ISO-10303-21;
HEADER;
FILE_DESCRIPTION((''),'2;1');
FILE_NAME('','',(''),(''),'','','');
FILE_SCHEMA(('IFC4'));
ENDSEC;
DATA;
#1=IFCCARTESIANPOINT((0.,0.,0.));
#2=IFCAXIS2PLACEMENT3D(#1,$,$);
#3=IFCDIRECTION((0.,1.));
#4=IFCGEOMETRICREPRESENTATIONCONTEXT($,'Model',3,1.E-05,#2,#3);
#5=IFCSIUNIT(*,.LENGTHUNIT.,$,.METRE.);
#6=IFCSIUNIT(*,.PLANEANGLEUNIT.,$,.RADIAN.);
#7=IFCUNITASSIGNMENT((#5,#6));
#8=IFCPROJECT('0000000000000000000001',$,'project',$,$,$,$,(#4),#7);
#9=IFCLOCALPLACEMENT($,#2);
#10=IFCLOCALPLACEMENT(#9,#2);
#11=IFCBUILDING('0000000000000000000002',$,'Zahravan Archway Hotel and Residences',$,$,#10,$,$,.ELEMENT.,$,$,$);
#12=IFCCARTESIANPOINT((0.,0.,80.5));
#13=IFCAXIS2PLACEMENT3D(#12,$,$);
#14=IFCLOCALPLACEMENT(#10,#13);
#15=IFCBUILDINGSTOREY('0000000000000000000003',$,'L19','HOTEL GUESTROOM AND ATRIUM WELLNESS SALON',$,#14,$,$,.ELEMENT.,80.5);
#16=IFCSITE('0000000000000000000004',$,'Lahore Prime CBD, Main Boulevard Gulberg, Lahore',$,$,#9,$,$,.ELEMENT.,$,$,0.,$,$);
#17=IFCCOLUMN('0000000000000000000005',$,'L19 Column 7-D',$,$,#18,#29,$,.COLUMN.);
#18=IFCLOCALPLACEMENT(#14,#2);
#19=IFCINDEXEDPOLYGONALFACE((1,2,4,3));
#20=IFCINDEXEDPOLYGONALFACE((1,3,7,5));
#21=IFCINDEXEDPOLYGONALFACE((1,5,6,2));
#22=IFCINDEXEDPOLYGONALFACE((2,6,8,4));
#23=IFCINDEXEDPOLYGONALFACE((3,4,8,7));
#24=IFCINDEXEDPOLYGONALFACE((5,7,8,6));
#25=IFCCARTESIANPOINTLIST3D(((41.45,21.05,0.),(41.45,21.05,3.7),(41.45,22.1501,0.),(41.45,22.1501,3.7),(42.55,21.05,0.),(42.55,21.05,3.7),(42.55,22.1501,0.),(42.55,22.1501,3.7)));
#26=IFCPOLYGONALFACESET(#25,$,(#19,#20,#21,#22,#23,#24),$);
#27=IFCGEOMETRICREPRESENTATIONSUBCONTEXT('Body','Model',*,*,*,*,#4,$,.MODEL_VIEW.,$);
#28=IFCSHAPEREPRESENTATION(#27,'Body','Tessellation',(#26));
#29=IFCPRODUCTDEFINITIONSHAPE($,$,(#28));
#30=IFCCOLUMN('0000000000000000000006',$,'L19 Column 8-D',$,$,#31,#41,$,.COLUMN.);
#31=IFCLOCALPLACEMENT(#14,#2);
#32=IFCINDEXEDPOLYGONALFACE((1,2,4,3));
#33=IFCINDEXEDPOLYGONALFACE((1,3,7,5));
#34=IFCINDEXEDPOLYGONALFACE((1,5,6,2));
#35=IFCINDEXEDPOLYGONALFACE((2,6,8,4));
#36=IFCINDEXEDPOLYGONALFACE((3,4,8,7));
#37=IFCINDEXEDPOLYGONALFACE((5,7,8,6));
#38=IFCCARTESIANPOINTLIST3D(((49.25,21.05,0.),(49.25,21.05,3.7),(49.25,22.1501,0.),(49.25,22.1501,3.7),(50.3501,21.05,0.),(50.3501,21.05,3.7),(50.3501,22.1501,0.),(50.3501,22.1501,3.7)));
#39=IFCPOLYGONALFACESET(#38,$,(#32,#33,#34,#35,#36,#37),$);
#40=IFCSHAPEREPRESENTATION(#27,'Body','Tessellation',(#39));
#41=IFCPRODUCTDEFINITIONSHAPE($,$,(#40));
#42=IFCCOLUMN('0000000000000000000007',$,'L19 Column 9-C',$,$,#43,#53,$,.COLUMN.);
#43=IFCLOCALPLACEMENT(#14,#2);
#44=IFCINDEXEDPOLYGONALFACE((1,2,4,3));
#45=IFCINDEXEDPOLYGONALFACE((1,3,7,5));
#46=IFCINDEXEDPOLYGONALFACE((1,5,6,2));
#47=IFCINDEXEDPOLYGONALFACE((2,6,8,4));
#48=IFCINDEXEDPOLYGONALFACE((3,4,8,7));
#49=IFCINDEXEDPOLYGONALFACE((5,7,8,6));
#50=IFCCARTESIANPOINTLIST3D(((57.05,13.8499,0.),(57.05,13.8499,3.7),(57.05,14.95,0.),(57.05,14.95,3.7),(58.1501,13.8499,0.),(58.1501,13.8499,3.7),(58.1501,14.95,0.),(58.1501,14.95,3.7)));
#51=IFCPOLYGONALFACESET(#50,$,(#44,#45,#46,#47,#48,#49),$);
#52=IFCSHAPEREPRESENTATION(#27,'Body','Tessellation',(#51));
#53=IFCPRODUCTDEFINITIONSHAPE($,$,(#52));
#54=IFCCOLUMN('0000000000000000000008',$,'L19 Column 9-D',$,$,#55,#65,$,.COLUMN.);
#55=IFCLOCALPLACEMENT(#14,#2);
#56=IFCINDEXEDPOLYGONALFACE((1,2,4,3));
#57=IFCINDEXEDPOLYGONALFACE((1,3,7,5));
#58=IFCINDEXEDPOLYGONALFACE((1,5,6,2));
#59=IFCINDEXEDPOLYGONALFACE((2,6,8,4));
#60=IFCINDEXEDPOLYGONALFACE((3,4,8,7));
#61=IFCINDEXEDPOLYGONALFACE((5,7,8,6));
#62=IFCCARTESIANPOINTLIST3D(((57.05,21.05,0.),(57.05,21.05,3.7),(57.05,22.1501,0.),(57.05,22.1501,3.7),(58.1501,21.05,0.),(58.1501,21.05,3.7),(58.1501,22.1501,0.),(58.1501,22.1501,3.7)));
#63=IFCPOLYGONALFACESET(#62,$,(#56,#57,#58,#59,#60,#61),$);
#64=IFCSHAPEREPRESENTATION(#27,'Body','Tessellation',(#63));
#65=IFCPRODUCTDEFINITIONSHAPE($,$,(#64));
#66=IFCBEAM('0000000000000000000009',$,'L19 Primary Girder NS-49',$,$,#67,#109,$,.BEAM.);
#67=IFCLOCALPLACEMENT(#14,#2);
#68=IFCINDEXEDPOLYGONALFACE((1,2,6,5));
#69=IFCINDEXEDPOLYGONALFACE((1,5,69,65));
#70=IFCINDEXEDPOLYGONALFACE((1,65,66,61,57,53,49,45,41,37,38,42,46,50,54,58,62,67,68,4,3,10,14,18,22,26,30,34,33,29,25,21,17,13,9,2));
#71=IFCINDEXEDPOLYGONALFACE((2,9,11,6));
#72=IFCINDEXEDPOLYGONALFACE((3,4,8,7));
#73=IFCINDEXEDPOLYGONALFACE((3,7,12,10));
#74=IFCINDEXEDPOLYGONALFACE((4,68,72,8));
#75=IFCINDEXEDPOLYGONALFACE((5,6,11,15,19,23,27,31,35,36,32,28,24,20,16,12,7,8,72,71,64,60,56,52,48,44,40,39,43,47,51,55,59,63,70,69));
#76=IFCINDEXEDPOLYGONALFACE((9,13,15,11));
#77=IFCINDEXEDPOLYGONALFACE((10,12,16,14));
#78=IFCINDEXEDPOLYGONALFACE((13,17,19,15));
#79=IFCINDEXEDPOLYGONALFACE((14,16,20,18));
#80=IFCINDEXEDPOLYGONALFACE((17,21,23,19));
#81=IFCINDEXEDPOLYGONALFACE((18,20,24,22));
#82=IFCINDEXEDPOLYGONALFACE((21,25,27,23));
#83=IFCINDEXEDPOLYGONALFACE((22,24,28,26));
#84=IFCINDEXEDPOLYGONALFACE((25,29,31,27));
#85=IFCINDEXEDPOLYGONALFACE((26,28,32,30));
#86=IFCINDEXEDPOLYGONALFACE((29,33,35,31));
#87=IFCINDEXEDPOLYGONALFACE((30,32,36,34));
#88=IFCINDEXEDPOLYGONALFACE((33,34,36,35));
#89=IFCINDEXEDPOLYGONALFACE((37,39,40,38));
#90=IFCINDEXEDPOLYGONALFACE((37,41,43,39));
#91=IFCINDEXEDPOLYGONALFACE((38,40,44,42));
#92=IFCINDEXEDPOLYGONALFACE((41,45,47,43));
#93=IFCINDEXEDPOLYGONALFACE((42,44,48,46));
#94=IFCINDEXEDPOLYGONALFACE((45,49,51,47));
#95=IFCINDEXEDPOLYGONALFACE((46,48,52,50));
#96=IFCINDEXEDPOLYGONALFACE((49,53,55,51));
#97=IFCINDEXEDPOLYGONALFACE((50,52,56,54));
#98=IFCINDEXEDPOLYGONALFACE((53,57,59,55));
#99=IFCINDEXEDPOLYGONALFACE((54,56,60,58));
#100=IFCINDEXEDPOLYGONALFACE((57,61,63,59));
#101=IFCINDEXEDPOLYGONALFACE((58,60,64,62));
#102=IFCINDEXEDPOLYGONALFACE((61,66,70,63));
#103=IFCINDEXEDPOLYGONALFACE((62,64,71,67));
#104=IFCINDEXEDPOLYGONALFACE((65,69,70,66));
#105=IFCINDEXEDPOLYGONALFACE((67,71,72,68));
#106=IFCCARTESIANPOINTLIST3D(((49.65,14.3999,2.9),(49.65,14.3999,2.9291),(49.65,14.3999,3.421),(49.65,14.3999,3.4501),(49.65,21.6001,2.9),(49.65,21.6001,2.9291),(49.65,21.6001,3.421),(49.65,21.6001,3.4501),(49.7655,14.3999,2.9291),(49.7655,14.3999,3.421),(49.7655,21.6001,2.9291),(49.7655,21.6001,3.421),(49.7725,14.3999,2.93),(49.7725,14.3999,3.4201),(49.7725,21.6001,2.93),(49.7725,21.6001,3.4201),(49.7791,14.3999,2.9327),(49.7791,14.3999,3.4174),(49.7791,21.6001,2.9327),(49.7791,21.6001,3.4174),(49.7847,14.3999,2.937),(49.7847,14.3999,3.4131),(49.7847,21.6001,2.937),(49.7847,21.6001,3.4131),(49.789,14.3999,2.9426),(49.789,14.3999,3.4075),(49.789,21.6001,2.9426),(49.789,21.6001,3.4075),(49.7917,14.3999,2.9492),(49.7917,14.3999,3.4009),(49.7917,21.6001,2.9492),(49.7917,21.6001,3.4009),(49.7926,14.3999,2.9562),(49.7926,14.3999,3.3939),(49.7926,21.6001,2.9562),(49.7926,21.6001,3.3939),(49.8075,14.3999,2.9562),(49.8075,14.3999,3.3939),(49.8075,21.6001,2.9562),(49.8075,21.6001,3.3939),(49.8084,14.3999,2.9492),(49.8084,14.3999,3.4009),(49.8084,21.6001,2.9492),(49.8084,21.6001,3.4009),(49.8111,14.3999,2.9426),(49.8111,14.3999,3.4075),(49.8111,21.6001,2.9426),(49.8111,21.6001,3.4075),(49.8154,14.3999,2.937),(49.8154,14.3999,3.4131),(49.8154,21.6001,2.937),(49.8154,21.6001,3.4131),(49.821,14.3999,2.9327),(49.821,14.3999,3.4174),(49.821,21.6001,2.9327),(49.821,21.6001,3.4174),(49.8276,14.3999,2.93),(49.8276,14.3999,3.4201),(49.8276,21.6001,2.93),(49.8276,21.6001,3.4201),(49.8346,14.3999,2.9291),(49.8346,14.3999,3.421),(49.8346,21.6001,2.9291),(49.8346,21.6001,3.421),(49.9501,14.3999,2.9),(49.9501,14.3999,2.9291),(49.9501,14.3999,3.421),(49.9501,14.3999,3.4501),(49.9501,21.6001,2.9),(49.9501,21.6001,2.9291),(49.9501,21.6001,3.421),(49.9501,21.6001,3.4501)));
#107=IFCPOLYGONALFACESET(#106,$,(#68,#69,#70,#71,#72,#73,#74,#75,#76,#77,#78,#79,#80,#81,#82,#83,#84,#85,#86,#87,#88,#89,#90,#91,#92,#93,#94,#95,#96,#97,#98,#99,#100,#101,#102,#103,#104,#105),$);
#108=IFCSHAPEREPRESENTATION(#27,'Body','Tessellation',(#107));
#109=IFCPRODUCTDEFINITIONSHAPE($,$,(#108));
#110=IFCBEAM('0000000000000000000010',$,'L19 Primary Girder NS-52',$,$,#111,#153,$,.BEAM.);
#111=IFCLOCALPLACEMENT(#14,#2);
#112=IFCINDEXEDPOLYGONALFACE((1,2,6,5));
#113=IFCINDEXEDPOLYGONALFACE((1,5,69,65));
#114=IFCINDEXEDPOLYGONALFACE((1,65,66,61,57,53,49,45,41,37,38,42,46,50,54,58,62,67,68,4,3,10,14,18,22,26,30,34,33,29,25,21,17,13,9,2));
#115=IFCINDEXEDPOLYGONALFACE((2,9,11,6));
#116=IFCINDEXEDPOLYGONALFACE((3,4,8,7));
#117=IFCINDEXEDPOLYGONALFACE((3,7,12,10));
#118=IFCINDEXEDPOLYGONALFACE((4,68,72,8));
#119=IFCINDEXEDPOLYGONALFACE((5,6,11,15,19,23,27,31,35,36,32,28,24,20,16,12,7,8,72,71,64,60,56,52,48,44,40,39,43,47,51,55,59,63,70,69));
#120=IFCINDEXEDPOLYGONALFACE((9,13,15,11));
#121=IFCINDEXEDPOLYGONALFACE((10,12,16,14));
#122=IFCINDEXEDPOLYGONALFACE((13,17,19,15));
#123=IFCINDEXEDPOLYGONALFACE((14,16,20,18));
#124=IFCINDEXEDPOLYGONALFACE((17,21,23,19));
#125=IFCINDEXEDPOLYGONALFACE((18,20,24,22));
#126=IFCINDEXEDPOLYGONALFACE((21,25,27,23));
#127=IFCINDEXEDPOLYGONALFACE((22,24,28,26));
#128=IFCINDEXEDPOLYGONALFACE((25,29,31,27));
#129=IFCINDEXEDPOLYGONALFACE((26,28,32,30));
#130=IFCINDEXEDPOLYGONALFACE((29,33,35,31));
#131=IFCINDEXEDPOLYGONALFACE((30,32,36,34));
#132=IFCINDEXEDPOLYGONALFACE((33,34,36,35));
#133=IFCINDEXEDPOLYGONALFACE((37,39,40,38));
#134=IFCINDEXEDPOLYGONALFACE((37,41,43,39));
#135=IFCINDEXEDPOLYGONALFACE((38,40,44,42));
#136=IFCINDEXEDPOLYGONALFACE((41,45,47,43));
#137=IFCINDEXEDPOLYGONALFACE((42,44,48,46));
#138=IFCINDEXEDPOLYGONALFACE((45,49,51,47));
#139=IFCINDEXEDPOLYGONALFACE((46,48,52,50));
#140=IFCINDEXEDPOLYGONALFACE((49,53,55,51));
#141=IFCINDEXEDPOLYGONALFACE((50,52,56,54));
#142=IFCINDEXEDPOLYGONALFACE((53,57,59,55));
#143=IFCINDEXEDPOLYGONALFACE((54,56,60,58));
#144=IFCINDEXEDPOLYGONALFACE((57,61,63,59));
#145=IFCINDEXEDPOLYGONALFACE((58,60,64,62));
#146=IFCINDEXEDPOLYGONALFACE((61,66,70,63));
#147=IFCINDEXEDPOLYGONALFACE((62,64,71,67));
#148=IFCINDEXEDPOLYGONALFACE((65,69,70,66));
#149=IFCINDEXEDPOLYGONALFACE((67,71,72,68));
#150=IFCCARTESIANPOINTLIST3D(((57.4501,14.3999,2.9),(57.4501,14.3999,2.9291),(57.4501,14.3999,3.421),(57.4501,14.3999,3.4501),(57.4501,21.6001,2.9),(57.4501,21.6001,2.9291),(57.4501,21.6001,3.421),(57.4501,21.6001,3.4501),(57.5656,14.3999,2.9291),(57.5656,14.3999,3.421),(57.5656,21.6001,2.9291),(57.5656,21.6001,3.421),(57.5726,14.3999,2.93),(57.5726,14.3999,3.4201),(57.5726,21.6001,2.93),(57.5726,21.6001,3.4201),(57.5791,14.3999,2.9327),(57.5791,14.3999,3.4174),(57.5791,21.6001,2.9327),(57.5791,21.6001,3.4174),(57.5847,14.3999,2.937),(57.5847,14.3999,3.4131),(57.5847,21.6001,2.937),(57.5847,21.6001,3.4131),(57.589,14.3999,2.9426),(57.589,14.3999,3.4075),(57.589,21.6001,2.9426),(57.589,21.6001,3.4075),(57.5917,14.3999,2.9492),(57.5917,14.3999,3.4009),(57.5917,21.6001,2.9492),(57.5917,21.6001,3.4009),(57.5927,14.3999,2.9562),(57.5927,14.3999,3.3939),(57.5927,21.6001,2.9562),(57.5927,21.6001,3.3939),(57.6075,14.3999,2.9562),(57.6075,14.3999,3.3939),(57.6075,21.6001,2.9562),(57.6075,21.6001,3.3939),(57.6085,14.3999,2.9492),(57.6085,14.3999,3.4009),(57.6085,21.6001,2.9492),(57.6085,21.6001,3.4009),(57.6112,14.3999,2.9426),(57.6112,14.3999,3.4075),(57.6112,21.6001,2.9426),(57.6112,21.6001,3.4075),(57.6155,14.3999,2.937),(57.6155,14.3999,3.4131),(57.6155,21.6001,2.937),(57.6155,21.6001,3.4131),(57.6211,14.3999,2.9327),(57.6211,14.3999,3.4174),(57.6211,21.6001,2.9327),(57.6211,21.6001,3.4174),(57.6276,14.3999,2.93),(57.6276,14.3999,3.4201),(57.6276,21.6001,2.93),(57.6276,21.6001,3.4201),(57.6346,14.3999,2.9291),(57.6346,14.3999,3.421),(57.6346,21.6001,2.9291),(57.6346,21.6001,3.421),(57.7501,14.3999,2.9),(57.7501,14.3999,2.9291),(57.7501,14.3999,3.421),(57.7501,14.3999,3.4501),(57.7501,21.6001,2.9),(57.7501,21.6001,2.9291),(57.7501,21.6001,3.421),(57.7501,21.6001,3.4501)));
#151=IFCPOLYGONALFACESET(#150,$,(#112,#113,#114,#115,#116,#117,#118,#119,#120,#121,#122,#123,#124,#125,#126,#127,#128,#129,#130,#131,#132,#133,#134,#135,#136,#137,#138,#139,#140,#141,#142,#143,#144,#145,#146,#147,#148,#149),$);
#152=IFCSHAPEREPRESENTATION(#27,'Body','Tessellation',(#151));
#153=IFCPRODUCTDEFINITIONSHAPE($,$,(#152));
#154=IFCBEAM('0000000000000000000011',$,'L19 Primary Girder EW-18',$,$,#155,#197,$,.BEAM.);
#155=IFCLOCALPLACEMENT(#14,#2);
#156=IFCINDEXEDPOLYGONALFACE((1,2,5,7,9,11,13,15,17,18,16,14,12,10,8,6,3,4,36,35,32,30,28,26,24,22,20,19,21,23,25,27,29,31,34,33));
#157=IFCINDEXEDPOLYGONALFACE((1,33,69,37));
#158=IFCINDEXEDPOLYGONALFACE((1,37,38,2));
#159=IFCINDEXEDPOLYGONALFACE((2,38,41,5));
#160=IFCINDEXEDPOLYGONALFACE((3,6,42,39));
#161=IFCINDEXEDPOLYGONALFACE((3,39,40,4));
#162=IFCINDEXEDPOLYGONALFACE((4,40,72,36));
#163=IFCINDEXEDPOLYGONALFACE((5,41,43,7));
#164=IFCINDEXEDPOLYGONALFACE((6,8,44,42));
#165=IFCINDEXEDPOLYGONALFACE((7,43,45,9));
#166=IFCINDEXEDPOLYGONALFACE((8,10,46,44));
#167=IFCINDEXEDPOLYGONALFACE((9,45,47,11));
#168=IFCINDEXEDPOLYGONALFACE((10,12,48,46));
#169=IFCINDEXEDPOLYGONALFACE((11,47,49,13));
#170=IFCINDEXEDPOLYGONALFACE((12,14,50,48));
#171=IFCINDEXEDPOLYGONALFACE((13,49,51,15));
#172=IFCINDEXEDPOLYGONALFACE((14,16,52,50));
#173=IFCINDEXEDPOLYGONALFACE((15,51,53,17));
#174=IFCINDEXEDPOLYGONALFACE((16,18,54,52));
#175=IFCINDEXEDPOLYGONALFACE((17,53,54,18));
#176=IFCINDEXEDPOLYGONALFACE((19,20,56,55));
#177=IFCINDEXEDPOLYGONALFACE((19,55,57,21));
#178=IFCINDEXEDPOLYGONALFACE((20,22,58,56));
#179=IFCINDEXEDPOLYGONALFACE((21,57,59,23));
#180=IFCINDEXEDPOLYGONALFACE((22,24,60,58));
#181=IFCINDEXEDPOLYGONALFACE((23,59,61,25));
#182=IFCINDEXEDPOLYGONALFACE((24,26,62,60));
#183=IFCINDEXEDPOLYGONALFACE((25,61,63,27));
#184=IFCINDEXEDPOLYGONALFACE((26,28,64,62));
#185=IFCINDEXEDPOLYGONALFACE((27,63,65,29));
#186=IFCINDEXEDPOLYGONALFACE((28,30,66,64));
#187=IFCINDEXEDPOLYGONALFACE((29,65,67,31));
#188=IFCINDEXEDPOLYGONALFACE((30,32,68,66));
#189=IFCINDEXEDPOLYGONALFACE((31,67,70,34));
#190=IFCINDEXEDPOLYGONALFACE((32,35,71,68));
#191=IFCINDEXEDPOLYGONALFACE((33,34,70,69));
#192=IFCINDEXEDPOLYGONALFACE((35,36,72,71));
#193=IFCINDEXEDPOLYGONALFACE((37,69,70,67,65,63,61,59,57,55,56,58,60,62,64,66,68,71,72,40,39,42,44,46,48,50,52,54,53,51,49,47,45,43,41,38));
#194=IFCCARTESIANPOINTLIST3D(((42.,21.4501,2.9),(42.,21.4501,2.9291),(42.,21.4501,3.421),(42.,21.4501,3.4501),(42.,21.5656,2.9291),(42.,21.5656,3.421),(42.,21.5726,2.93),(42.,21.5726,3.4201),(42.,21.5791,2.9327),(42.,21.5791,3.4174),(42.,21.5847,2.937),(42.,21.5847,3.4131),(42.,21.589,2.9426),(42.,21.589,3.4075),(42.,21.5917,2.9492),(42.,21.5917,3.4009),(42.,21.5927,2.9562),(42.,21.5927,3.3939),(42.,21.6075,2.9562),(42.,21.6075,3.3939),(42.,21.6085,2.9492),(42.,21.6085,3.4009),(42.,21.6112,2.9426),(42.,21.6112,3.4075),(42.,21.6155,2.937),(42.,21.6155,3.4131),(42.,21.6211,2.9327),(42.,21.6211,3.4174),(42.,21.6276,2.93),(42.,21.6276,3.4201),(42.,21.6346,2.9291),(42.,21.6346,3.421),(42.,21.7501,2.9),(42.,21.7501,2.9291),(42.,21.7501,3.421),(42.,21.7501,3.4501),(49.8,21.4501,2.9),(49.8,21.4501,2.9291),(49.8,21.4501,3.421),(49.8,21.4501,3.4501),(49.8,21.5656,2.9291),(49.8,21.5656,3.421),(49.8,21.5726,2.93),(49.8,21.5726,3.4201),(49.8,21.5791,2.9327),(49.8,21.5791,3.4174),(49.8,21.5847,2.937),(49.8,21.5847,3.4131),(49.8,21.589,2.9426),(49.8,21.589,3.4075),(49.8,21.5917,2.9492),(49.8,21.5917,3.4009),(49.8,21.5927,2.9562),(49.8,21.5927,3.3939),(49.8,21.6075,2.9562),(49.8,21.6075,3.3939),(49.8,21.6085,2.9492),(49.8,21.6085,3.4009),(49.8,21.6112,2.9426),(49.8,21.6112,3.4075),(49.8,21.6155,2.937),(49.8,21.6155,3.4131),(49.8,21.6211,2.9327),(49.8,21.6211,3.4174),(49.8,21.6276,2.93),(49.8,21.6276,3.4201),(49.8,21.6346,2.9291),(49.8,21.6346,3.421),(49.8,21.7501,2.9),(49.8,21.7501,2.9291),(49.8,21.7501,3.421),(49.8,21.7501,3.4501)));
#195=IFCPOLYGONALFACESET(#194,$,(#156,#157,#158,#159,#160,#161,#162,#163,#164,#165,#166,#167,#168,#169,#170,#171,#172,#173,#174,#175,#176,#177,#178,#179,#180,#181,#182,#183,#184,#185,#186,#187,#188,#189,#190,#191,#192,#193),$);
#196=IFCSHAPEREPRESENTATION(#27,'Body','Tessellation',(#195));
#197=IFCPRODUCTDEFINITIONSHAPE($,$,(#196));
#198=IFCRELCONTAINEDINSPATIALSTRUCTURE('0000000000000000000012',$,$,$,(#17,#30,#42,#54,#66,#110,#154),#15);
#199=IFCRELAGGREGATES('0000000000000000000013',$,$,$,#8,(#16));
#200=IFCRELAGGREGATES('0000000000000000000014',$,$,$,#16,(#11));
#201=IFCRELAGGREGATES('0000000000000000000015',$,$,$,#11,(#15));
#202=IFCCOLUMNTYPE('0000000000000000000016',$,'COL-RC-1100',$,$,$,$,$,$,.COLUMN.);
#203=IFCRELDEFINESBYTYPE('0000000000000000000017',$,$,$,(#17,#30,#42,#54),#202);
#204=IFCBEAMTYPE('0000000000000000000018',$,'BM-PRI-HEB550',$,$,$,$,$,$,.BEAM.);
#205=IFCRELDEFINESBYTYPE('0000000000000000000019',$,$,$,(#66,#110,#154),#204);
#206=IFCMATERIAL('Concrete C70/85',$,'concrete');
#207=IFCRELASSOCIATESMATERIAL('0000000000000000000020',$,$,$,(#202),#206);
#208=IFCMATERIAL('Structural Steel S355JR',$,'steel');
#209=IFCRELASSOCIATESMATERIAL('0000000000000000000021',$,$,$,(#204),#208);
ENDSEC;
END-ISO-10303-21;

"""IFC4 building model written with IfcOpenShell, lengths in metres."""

from ifc_helpers import new_model, si_unit, direction, frame, origin, origin_2d, place, context, subcontext, project, spatial, rectangle, i_section, extrude, source, transform, mapped, material, material_profile, profile_set, type_object, type_shapes, element, save


model = new_model("IFC4")

# Units and contexts
model_context = context("Model", 3, precision=1e-05, world=origin(), true_north=direction((0.0, 1.0)))
body_context = subcontext(model_context, "Body", "Model", "MODEL_VIEW")
ifc_project = project(units=[si_unit("LENGTHUNIT", "METRE"), si_unit("PLANEANGLEUNIT", "RADIAN")], contexts=[model_context])

# Site, building, storey
site_placement = place(None, origin())
site = spatial("IfcSite", under=ifc_project, at=site_placement, Name="Lahore Prime CBD, Main Boulevard Gulberg, Lahore", CompositionType="ELEMENT", RefElevation=0.0)
building_placement = place(site_placement, origin())
building = spatial("IfcBuilding", under=site, at=building_placement, Name="Zahravan Archway Hotel and Residences", CompositionType="ELEMENT")
storey_placement = place(building_placement, frame((0.0, 0.0, 80.5)))
storey = spatial("IfcBuildingStorey", under=building, at=storey_placement, Name="L19", Description="HOTEL GUESTROOM AND ATRIUM WELLNESS SALON", CompositionType="ELEMENT", Elevation=80.5)

# Columns
ifc_material_1 = material(Name="Concrete C70/85", Category="concrete")
ifc_material_profile_1 = material_profile(ifc_material_1, rectangle(XDim=1.1001, YDim=1.1001, at=origin_2d()), Name="RC 1100x1100", Category="concrete")
ifc_profile_set_1 = profile_set([ifc_material_profile_1], Name="Concrete C70/85")
column_type = type_object("IfcColumnType", Name="COL-RC-1100", PredefinedType="COLUMN", material=ifc_profile_set_1)
shared_shape_1 = source(origin(), body_context, "Body", "SweptSolid", [
    extrude(rectangle(XDim=1.1001, YDim=1.1001, at=origin_2d()), origin(), (0.0, 0.0, 1.0), 3.7),
])
for number, where, z_axis, x_axis, name in (
    (1, (42.0, 21.6001, 0.0), (0.0, 0.0, 1.0), (1.0, 0.0, 0.0), "L19 Column 7-D"),
    (2, (49.8, 21.6001, 0.0), (0.0, 0.0, 1.0), (1.0, 0.0, 0.0), "L19 Column 8-D"),
    (3, (57.6001, 14.3999, 0.0), (0.0, 0.0, 1.0), (1.0, 0.0, 0.0), "L19 Column 9-C"),
    (4, (57.6001, 21.6001, 0.0), (0.0, 0.0, 1.0), (1.0, 0.0, 0.0), "L19 Column 9-D"),
):
    element("IfcColumn", number, at=place(storey_placement, frame(where, z_axis=z_axis, x_axis=x_axis)), inside=storey, type_object=column_type, Name=name, PredefinedType="COLUMN", context=body_context, shape_type="MappedRepresentation", body=[
        mapped(shared_shape_1, transform((0.0, 0.0, 0.0), scale=1.0)),
    ])

# Beams
ifc_material_2 = material(Name="Structural Steel S355JR", Category="steel")
ifc_material_profile_2 = material_profile(ifc_material_2, i_section(OverallWidth=0.3, OverallDepth=0.55, WebThickness=0.0149, FlangeThickness=0.0291, FilletRadius=0.0271, at=origin_2d()), Name="HEB 550", Category="steel")
ifc_profile_set_2 = profile_set([ifc_material_profile_2], Name="Structural Steel S355JR")
beam_type_1 = type_object("IfcBeamType", Name="BM-PRI-HEB550", PredefinedType="BEAM", material=ifc_profile_set_2)
shared_shape_2 = source(origin(), body_context, "Body", "SweptSolid", [
    extrude(i_section(OverallWidth=0.3, OverallDepth=0.55, WebThickness=0.0149, FlangeThickness=0.0291, FilletRadius=0.0271, at=origin_2d()), origin(), (0.0, 0.0, 1.0), 7.2002),
])
type_shapes(beam_type_1, [shared_shape_2])
for number, where, z_axis, x_axis, name in (
    (5, (49.8, 14.3999, 3.175), (0.0, 1.0, 0.0), (-1.0, 0.0, 0.0), "L19 Primary Girder NS-49"),
    (6, (57.6001, 14.3999, 3.175), (0.0, 1.0, 0.0), (-1.0, 0.0, 0.0), "L19 Primary Girder NS-52"),
):
    element("IfcBeam", number, at=place(storey_placement, frame(where, z_axis=z_axis, x_axis=x_axis)), inside=storey, type_object=beam_type_1, Name=name, PredefinedType="BEAM", context=body_context, shape_type="MappedRepresentation", body=[
        mapped(shared_shape_2, transform((0.0, 0.0, 0.0), scale=1.0)),
    ])
shared_shape_3 = source(origin(), body_context, "Body", "SweptSolid", [
    extrude(i_section(OverallWidth=0.3, OverallDepth=0.55, WebThickness=0.0149, FlangeThickness=0.0291, FilletRadius=0.0271, at=origin_2d()), origin(), (0.0, 0.0, 1.0), 7.8),
])
for number, where, z_axis, x_axis, name in (
    (7, (42.0, 21.6001, 3.175), (1.0, 0.0, 0.0), (0.0, 1.0, 0.0), "L19 Primary Girder EW-18"),
):
    element("IfcBeam", number, at=place(storey_placement, frame(where, z_axis=z_axis, x_axis=x_axis)), inside=storey, type_object=beam_type_1, Name=name, PredefinedType="BEAM", context=body_context, shape_type="MappedRepresentation", body=[
        mapped(shared_shape_3, transform((0.0, 0.0, 0.0), scale=1.0)),
    ])

save(model, "model.ifc")
